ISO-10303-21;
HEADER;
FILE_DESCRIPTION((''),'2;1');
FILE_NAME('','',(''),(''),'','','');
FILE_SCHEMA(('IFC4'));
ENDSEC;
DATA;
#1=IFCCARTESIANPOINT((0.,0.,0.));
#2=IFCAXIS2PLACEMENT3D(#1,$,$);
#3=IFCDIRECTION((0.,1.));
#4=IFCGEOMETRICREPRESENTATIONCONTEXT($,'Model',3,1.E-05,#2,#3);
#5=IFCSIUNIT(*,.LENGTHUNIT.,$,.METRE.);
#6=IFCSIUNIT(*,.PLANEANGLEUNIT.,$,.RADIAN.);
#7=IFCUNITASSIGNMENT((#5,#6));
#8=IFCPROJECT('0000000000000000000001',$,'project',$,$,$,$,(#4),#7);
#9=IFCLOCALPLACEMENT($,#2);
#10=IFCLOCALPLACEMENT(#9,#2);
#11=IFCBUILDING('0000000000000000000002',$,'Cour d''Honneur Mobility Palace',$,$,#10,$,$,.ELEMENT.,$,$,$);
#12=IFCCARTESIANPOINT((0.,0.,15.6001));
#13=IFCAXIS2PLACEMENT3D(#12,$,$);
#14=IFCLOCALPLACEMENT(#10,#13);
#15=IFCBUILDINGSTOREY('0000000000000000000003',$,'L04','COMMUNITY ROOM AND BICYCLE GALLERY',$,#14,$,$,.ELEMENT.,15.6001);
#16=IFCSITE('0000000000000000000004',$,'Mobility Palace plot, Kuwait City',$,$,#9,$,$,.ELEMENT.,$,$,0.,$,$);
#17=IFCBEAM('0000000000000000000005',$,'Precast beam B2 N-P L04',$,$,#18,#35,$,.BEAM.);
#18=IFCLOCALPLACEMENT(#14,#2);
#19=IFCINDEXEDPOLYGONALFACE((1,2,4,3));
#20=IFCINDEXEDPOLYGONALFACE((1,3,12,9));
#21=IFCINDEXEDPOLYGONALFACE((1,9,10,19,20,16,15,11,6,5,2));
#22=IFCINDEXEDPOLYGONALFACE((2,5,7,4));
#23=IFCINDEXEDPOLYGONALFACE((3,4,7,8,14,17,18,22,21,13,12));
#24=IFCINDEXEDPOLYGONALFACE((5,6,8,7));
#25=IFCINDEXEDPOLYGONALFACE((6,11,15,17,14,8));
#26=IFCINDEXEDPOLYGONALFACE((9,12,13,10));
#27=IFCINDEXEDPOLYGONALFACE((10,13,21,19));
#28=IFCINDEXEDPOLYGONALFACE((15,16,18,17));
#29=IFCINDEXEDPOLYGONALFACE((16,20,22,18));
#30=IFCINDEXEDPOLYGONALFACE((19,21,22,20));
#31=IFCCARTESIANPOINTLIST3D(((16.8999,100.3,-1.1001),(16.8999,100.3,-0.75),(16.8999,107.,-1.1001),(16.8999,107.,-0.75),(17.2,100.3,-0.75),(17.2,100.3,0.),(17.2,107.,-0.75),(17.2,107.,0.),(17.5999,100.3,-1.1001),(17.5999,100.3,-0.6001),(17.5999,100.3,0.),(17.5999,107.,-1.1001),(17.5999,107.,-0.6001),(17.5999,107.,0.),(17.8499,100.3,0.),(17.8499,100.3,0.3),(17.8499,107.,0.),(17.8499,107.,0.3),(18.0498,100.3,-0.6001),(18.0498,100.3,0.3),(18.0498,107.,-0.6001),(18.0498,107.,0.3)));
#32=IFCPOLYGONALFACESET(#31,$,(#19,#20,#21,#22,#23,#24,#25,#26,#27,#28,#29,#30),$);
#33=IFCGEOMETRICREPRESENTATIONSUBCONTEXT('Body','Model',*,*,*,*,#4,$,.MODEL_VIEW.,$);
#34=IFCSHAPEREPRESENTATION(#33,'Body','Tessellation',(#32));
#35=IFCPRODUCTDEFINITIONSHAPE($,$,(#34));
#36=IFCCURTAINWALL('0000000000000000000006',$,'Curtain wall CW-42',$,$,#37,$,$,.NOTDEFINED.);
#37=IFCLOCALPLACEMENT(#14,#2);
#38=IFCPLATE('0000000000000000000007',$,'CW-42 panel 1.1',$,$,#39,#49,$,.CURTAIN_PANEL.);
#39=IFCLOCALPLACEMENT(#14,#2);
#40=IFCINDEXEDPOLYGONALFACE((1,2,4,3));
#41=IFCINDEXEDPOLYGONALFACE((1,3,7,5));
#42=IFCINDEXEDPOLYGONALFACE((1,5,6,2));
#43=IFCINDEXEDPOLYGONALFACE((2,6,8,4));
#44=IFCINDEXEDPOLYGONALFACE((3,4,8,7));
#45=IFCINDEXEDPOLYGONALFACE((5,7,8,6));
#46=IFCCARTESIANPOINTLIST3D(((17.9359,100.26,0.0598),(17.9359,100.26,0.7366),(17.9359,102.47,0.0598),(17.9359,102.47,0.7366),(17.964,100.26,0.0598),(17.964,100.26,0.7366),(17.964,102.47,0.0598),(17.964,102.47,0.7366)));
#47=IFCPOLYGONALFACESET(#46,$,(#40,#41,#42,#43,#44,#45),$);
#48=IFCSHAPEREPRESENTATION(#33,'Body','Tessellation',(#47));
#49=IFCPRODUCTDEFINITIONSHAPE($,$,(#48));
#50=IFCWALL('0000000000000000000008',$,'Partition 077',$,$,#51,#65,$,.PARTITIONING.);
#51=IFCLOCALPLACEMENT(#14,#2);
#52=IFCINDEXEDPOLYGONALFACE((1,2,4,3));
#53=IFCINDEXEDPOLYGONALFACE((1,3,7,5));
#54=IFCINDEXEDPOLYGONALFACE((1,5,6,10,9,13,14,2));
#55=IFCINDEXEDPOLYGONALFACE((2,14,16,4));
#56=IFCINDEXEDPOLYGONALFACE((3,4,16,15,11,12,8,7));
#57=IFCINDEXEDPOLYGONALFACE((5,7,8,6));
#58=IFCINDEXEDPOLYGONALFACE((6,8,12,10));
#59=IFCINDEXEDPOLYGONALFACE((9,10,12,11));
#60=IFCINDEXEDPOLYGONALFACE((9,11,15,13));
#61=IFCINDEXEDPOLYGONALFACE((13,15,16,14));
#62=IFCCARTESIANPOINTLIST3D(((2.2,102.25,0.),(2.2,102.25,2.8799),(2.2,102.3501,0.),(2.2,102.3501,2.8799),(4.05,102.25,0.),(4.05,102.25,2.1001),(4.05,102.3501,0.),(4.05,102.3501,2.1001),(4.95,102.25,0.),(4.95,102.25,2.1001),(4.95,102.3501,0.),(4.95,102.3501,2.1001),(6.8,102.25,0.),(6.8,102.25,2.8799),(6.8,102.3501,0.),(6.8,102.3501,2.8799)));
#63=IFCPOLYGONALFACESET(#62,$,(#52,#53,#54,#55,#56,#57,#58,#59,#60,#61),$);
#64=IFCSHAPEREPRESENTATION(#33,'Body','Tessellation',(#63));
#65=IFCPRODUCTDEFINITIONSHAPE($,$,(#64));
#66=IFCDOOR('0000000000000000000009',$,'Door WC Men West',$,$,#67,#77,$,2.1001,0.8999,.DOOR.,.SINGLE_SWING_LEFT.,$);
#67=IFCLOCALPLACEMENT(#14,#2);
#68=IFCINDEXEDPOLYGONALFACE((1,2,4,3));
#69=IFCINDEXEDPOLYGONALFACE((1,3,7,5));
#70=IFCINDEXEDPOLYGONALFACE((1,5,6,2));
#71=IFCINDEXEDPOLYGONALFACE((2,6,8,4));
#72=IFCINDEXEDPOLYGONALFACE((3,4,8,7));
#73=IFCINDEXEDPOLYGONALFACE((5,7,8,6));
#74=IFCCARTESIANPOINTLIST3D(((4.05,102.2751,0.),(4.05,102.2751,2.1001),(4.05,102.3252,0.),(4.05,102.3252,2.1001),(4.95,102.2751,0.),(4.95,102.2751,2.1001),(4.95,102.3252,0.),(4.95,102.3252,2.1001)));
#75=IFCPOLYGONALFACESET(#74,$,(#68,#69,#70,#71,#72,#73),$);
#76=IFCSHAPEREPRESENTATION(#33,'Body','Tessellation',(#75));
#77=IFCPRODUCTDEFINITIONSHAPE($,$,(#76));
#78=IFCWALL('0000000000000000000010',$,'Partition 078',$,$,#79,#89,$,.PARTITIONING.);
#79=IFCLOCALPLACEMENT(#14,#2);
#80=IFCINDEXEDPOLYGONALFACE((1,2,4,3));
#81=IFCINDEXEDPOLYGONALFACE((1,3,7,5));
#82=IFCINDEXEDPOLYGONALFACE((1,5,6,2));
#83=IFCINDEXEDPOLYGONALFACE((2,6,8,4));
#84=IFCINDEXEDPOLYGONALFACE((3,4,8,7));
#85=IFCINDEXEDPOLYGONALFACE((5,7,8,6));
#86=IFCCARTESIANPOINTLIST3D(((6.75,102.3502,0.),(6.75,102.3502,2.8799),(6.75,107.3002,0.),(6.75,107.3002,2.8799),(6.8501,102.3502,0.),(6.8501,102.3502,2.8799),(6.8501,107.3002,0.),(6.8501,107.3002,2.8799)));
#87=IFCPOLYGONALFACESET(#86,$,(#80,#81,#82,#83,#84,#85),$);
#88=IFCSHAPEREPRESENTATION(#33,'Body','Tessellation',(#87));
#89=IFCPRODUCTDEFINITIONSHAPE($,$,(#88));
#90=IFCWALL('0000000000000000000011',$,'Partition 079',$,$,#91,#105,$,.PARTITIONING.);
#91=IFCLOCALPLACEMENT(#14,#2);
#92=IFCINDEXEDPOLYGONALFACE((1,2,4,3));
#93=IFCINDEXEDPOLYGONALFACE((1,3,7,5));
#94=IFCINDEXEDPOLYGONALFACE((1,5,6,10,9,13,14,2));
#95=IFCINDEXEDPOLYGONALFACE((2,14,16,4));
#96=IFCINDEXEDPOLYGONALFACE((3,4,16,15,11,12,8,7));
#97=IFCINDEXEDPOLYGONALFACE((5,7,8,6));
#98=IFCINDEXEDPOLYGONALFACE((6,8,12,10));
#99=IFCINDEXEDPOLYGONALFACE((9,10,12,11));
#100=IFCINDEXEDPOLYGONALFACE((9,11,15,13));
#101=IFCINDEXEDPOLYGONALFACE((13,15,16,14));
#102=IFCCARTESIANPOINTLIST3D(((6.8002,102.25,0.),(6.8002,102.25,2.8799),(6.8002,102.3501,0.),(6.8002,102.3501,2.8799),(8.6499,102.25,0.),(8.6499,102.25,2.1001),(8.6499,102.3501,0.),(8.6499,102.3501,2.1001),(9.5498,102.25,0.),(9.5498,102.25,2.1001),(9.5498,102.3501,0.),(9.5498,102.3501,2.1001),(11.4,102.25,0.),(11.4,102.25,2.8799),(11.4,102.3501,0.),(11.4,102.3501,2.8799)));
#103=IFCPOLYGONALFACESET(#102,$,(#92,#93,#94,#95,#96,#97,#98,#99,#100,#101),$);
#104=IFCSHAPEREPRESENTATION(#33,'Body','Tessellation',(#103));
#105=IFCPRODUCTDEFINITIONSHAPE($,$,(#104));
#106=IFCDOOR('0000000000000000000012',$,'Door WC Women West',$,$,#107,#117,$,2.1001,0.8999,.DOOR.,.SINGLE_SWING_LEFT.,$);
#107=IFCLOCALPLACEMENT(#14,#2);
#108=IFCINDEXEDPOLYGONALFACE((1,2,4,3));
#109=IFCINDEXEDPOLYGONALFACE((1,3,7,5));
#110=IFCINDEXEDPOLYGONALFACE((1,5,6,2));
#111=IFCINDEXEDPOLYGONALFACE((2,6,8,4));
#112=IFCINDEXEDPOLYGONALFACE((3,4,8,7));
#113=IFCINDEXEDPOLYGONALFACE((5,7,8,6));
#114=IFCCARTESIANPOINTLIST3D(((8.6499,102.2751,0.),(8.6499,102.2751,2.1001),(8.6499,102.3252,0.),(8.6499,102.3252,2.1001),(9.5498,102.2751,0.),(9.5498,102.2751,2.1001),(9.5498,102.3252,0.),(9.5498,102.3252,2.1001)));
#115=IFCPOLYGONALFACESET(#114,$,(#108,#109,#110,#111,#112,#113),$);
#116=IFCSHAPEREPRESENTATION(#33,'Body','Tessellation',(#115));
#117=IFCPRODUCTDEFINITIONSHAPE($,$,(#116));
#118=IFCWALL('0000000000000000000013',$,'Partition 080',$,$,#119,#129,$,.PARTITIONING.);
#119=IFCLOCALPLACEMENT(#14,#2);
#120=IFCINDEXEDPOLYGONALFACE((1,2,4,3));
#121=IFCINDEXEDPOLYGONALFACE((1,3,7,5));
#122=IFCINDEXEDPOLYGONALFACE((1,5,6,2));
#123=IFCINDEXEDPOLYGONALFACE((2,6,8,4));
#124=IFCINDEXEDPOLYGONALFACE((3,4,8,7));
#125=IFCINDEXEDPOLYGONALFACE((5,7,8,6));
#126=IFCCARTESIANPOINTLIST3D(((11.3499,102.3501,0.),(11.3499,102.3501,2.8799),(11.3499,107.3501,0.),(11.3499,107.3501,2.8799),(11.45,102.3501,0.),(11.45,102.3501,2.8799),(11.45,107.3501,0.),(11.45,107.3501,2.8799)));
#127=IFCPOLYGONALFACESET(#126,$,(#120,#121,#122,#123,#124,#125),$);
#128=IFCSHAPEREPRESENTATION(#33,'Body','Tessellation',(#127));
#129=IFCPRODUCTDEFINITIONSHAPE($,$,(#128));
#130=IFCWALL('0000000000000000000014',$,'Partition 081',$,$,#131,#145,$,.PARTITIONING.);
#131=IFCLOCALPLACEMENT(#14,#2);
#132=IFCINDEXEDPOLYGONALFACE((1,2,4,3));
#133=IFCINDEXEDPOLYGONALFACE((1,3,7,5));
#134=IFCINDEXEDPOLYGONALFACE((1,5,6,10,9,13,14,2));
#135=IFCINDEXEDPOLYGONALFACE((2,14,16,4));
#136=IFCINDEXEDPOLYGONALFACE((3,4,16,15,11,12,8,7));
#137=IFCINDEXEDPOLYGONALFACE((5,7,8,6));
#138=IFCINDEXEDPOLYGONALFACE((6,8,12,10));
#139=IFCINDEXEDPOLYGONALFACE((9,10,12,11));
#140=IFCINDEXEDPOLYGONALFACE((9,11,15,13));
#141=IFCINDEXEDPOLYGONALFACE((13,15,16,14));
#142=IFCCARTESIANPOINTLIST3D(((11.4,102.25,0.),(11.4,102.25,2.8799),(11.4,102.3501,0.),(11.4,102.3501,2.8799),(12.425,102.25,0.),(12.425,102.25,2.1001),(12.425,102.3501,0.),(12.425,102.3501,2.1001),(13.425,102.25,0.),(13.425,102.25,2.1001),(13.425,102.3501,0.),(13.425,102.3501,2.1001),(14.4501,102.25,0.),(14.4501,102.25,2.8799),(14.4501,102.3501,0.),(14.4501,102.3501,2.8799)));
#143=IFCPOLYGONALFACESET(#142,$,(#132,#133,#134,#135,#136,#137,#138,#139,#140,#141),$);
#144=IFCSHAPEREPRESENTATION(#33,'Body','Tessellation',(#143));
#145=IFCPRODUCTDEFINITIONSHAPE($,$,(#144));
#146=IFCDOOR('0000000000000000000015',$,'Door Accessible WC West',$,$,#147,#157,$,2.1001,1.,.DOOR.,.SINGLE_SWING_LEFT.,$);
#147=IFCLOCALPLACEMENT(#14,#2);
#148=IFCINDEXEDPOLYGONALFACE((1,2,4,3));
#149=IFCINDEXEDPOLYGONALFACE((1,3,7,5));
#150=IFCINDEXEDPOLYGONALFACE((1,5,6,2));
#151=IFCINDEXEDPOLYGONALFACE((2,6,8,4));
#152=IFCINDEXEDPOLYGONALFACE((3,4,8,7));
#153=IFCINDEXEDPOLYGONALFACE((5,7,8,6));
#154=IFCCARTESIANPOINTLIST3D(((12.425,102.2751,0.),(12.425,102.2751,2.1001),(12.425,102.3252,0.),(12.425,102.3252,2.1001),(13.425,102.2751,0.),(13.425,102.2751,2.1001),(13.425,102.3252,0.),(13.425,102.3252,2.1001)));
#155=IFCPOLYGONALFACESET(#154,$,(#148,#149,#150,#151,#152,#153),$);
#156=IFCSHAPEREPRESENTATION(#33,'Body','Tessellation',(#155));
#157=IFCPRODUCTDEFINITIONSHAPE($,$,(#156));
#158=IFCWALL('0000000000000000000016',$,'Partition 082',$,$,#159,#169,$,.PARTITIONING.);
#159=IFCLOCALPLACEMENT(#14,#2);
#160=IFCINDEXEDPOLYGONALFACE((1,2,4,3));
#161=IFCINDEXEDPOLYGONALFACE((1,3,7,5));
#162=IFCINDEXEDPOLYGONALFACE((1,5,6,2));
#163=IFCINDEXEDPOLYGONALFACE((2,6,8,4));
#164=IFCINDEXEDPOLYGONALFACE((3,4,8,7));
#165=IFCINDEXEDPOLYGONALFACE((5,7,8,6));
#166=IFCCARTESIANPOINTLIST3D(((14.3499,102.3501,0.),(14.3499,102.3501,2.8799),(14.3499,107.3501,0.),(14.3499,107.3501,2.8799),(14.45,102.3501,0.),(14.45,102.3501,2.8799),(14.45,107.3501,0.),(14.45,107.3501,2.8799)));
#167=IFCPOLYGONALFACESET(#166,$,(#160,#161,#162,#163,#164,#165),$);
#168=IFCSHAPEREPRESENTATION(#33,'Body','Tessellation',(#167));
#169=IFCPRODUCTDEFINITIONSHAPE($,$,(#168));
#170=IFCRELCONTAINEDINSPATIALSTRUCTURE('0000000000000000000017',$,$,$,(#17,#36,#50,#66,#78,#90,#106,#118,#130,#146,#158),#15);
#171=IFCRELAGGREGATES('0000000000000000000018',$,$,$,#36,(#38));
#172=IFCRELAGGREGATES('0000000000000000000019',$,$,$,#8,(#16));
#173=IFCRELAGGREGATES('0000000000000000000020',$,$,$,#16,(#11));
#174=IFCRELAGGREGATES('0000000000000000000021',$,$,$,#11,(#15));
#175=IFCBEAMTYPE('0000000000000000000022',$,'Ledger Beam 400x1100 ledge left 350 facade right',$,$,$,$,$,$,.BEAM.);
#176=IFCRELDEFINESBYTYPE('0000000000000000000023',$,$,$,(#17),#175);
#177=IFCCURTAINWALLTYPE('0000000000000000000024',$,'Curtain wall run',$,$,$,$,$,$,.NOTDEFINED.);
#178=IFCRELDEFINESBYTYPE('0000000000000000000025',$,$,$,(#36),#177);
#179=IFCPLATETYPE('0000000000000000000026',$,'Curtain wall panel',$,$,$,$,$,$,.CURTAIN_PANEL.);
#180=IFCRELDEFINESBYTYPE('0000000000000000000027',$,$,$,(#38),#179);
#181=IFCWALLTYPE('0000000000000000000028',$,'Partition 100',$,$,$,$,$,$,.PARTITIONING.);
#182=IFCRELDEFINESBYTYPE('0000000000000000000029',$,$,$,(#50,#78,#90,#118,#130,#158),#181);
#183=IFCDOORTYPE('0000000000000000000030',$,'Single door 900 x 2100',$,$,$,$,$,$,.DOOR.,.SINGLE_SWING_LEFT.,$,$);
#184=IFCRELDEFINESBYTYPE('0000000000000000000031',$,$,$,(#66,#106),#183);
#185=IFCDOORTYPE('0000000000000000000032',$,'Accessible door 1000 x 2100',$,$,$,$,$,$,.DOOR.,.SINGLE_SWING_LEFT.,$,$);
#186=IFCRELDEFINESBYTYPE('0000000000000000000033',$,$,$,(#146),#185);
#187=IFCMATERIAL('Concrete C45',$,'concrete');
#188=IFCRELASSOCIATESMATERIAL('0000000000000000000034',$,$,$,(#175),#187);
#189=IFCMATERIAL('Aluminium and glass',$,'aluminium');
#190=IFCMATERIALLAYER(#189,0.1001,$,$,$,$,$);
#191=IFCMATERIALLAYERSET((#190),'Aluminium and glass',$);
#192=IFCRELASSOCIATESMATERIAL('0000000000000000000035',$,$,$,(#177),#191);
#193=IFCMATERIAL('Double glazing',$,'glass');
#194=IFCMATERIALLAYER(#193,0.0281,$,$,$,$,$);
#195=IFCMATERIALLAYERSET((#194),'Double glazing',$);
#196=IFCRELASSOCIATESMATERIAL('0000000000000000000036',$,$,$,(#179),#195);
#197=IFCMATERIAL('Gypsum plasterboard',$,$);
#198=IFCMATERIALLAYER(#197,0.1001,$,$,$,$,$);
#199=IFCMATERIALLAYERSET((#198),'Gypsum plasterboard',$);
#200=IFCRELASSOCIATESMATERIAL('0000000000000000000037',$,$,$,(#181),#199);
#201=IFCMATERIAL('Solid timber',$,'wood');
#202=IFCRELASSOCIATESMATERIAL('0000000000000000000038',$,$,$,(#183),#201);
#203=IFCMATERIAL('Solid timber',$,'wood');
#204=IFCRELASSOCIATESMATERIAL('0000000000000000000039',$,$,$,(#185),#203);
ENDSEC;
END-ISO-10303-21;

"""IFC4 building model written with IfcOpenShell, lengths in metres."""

from ifc_helpers import new_model, si_unit, direction, frame, frame_2d, origin, origin_2d, place, context, subcontext, project, spatial, polyline, rectangle, outline, extrude, material, layer, layer_set, material_profile, profile_set, type_object, element, fill, aggregate, save


model = new_model("IFC4")

# Units and contexts
model_context = context("Model", 3, precision=1e-05, world=origin(), true_north=direction((0.0, 1.0)))
body_context = subcontext(model_context, "Body", "Model", "MODEL_VIEW")
ifc_project = project(units=[si_unit("LENGTHUNIT", "METRE"), si_unit("PLANEANGLEUNIT", "RADIAN")], contexts=[model_context])

# Site, building, storey
site_placement = place(None, origin())
site = spatial("IfcSite", under=ifc_project, at=site_placement, Name="Mobility Palace plot, Kuwait City", CompositionType="ELEMENT", RefElevation=0.0)
building_placement = place(site_placement, origin())
building = spatial("IfcBuilding", under=site, at=building_placement, Name="Cour d'Honneur Mobility Palace", CompositionType="ELEMENT")
storey_placement = place(building_placement, frame((0.0, 0.0, 15.6001)))
storey = spatial("IfcBuildingStorey", under=building, at=storey_placement, Name="L04", Description="COMMUNITY ROOM AND BICYCLE GALLERY", CompositionType="ELEMENT", Elevation=15.6001)

# Beam
ifc_material_1 = material(Name="Concrete C45", Category="concrete")
ifc_material_profile = material_profile(ifc_material_1, outline(polyline([(0.5, -1.1001), (0.5, -0.75), (0.2, -0.75), (0.2, 0.0), (-0.2, 0.0), (-0.45, 0.0), (-0.45, 0.3), (-0.6499, 0.3), (-0.6499, -0.6001), (-0.2, -0.6001), (-0.2, -1.1001), (0.5, -1.1001)])), Name="Ledger Beam 400x1100 ledge left 350 facade right")
ifc_profile_set = profile_set([ifc_material_profile], Name="Concrete C45")
beam_type = type_object("IfcBeamType", Name="Ledger Beam 400x1100 ledge left 350 facade right", PredefinedType="BEAM", material=ifc_profile_set)
beam_placement = place(storey_placement, frame((17.3999, 100.3, 0.0), z_axis=(0.0, 1.0, 0.0), x_axis=(-1.0, 0.0, 0.0)))
element("IfcBeam", 1, at=beam_placement, inside=storey, type_object=beam_type, Name="Precast beam B2 N-P L04", PredefinedType="BEAM", context=body_context, shape_type="SweptSolid", body=[
    extrude(outline(polyline([(0.5, -1.1001), (0.5, -0.75), (0.2, -0.75), (0.2, 0.0), (-0.2, 0.0), (-0.45, 0.0), (-0.45, 0.3), (-0.6499, 0.3), (-0.6499, -0.6001), (-0.2, -0.6001), (-0.2, -1.1001), (0.5, -1.1001)])), origin(), (0.0, 0.0, 1.0), 6.7),
])

# Curtain wall, plate
ifc_material_2 = material(Name="Aluminium and glass", Category="aluminium")
ifc_layer_1 = layer(ifc_material_2, 0.1001)
ifc_layer_set_1 = layer_set([ifc_layer_1], Name="Aluminium and glass")
curtain_wall_type = type_object("IfcCurtainWallType", Name="Curtain wall run", PredefinedType="NOTDEFINED", material=ifc_layer_set_1)
curtain_wall_placement = place(storey_placement, origin())
curtain_wall = element("IfcCurtainWall", 2, at=curtain_wall_placement, inside=storey, type_object=curtain_wall_type, Name="Curtain wall CW-42", PredefinedType="NOTDEFINED")
ifc_material_3 = material(Name="Double glazing", Category="glass")
ifc_layer_2 = layer(ifc_material_3, 0.0281)
ifc_layer_set_2 = layer_set([ifc_layer_2], Name="Double glazing")
plate_type = type_object("IfcPlateType", Name="Curtain wall panel", PredefinedType="CURTAIN_PANEL", material=ifc_layer_set_2)
plate_placement = place(storey_placement, frame((17.95, 101.365, 0.0598), z_axis=(0.0, 0.0, 1.0), x_axis=(0.0, 1.0, 0.0)))
plate = element("IfcPlate", 3, at=plate_placement, type_object=plate_type, Name="CW-42 panel 1.1", PredefinedType="CURTAIN_PANEL", context=body_context, shape_type="SweptSolid", body=[
    extrude(rectangle(XDim=2.21, YDim=0.0281, at=origin_2d()), origin(), (0.0, 0.0, 1.0), 0.6768),
])
aggregate(curtain_wall, [plate])

# Wall, opening, door
ifc_material_4 = material(Name="Gypsum plasterboard")
ifc_layer_3 = layer(ifc_material_4, 0.1001)
ifc_layer_set_3 = layer_set([ifc_layer_3], Name="Gypsum plasterboard")
wall_type_1 = type_object("IfcWallType", Name="Partition 100", PredefinedType="PARTITIONING", material=ifc_layer_set_3)
wall_1_placement = place(storey_placement, frame((6.8, 102.3, 0.0), z_axis=(0.0, 0.0, 1.0), x_axis=(-1.0, 0.0, 0.0)))
wall_1 = element("IfcWall", 4, at=wall_1_placement, inside=storey, type_object=wall_type_1, Name="Partition 077", PredefinedType="PARTITIONING", context=body_context, shape_type="SweptSolid", body=[
    extrude(rectangle(XDim=4.6001, YDim=0.1001, at=frame_2d((2.3, 0.0))), origin(), (0.0, 0.0, 1.0), 2.8799),
])
opening_1_placement = place(wall_1_placement, frame((1.8501, 0.0, 0.0)))
opening_1 = element("IfcOpeningElement", 5, at=opening_1_placement, cuts=wall_1, PredefinedType="OPENING", context=body_context, shape_type="SweptSolid", body=[
    extrude(rectangle(XDim=0.8999, YDim=2.1001, at=frame_2d((0.45, 1.05))), frame((0.0, 0.0601, 0.0), z_axis=(0.0, -1.0, 0.0), x_axis=(1.0, 0.0, 0.0)), (0.0, 0.0, 1.0), 0.1201),
])
ifc_material_5 = material(Name="Solid timber", Category="wood")
door_type_1 = type_object("IfcDoorType", Name="Single door 900 x 2100", OperationType="SINGLE_SWING_LEFT", PredefinedType="DOOR", material=ifc_material_5)
door_1_placement = place(opening_1_placement, origin())
door_1 = element("IfcDoor", 6, at=door_1_placement, inside=storey, type_object=door_type_1, Name="Door WC Men West", OperationType="SINGLE_SWING_LEFT", OverallHeight=2.1001, OverallWidth=0.8999, PredefinedType="DOOR", context=body_context, shape_type="SweptSolid", body=[
    extrude(rectangle(XDim=0.8999, YDim=2.1001, at=frame_2d((0.45, 1.05))), frame((0.0, 0.0249, 0.0), z_axis=(0.0, -1.0, 0.0), x_axis=(1.0, 0.0, 0.0)), (0.0, 0.0, 1.0), 0.05),
])
fill(opening_1, door_1)

# Wall
wall_2_placement = place(storey_placement, frame((6.8, 102.3501, 0.0), z_axis=(0.0, 0.0, 1.0), x_axis=(0.0, 1.0, 0.0)))
element("IfcWall", 7, at=wall_2_placement, inside=storey, type_object=wall_type_1, Name="Partition 078", PredefinedType="PARTITIONING", context=body_context, shape_type="SweptSolid", body=[
    extrude(rectangle(XDim=4.95, YDim=0.1001, at=frame_2d((2.4751, 0.0))), origin(), (0.0, 0.0, 1.0), 2.8799),
])

# Wall, opening, door
wall_3_placement = place(storey_placement, frame((11.3999, 102.3, 0.0), z_axis=(0.0, 0.0, 1.0), x_axis=(-1.0, 0.0, 0.0)))
wall_3 = element("IfcWall", 8, at=wall_3_placement, inside=storey, type_object=wall_type_1, Name="Partition 079", PredefinedType="PARTITIONING", context=body_context, shape_type="SweptSolid", body=[
    extrude(rectangle(XDim=4.5999, YDim=0.1001, at=frame_2d((2.2998, 0.0))), origin(), (0.0, 0.0, 1.0), 2.8799),
])
opening_2_placement = place(wall_3_placement, frame((1.8501, 0.0, 0.0)))
opening_2 = element("IfcOpeningElement", 9, at=opening_2_placement, cuts=wall_3, PredefinedType="OPENING", context=body_context, shape_type="SweptSolid", body=[
    extrude(rectangle(XDim=0.8999, YDim=2.1001, at=frame_2d((0.45, 1.05))), frame((0.0, 0.0601, 0.0), z_axis=(0.0, -1.0, 0.0), x_axis=(1.0, 0.0, 0.0)), (0.0, 0.0, 1.0), 0.1201),
])
door_2_placement = place(opening_2_placement, origin())
door_2 = element("IfcDoor", 10, at=door_2_placement, inside=storey, type_object=door_type_1, Name="Door WC Women West", OperationType="SINGLE_SWING_LEFT", OverallHeight=2.1001, OverallWidth=0.8999, PredefinedType="DOOR", context=body_context, shape_type="SweptSolid", body=[
    extrude(rectangle(XDim=0.8999, YDim=2.1001, at=frame_2d((0.45, 1.05))), frame((0.0, 0.0249, 0.0), z_axis=(0.0, -1.0, 0.0), x_axis=(1.0, 0.0, 0.0)), (0.0, 0.0, 1.0), 0.05),
])
fill(opening_2, door_2)

# Wall
wall_4_placement = place(storey_placement, frame((11.3999, 102.3501, 0.0), z_axis=(0.0, 0.0, 1.0), x_axis=(0.0, 1.0, 0.0)))
element("IfcWall", 11, at=wall_4_placement, inside=storey, type_object=wall_type_1, Name="Partition 080", PredefinedType="PARTITIONING", context=body_context, shape_type="SweptSolid", body=[
    extrude(rectangle(XDim=5.0, YDim=0.1001, at=frame_2d((2.5, 0.0))), origin(), (0.0, 0.0, 1.0), 2.8799),
])

# Wall, opening, door
wall_5_placement = place(storey_placement, frame((14.45, 102.3, 0.0), z_axis=(0.0, 0.0, 1.0), x_axis=(-1.0, 0.0, 0.0)))
wall_5 = element("IfcWall", 12, at=wall_5_placement, inside=storey, type_object=wall_type_1, Name="Partition 081", PredefinedType="PARTITIONING", context=body_context, shape_type="SweptSolid", body=[
    extrude(rectangle(XDim=3.05, YDim=0.1001, at=frame_2d((1.5249, 0.0))), origin(), (0.0, 0.0, 1.0), 2.8799),
])
opening_3_placement = place(wall_5_placement, frame((1.0249, 0.0, 0.0)))
opening_3 = element("IfcOpeningElement", 13, at=opening_3_placement, cuts=wall_5, PredefinedType="OPENING", context=body_context, shape_type="SweptSolid", body=[
    extrude(rectangle(XDim=1.0, YDim=2.1001, at=frame_2d((0.5, 1.05))), frame((0.0, 0.0601, 0.0), z_axis=(0.0, -1.0, 0.0), x_axis=(1.0, 0.0, 0.0)), (0.0, 0.0, 1.0), 0.1201),
])
ifc_material_6 = material(Name="Solid timber", Category="wood")
door_type_2 = type_object("IfcDoorType", Name="Accessible door 1000 x 2100", OperationType="SINGLE_SWING_LEFT", PredefinedType="DOOR", material=ifc_material_6)
door_3_placement = place(opening_3_placement, origin())
door_3 = element("IfcDoor", 14, at=door_3_placement, inside=storey, type_object=door_type_2, Name="Door Accessible WC West", OperationType="SINGLE_SWING_LEFT", OverallHeight=2.1001, OverallWidth=1.0, PredefinedType="DOOR", context=body_context, shape_type="SweptSolid", body=[
    extrude(rectangle(XDim=1.0, YDim=2.1001, at=frame_2d((0.5, 1.05))), frame((0.0, 0.0249, 0.0), z_axis=(0.0, -1.0, 0.0), x_axis=(1.0, 0.0, 0.0)), (0.0, 0.0, 1.0), 0.05),
])
fill(opening_3, door_3)

# Wall
wall_6_placement = place(storey_placement, frame((14.3999, 102.3501, 0.0), z_axis=(0.0, 0.0, 1.0), x_axis=(0.0, 1.0, 0.0)))
element("IfcWall", 15, at=wall_6_placement, inside=storey, type_object=wall_type_1, Name="Partition 082", PredefinedType="PARTITIONING", context=body_context, shape_type="SweptSolid", body=[
    extrude(rectangle(XDim=5.0, YDim=0.1001, at=frame_2d((2.5, 0.0))), origin(), (0.0, 0.0, 1.0), 2.8799),
])

save(model, "model.ifc")
